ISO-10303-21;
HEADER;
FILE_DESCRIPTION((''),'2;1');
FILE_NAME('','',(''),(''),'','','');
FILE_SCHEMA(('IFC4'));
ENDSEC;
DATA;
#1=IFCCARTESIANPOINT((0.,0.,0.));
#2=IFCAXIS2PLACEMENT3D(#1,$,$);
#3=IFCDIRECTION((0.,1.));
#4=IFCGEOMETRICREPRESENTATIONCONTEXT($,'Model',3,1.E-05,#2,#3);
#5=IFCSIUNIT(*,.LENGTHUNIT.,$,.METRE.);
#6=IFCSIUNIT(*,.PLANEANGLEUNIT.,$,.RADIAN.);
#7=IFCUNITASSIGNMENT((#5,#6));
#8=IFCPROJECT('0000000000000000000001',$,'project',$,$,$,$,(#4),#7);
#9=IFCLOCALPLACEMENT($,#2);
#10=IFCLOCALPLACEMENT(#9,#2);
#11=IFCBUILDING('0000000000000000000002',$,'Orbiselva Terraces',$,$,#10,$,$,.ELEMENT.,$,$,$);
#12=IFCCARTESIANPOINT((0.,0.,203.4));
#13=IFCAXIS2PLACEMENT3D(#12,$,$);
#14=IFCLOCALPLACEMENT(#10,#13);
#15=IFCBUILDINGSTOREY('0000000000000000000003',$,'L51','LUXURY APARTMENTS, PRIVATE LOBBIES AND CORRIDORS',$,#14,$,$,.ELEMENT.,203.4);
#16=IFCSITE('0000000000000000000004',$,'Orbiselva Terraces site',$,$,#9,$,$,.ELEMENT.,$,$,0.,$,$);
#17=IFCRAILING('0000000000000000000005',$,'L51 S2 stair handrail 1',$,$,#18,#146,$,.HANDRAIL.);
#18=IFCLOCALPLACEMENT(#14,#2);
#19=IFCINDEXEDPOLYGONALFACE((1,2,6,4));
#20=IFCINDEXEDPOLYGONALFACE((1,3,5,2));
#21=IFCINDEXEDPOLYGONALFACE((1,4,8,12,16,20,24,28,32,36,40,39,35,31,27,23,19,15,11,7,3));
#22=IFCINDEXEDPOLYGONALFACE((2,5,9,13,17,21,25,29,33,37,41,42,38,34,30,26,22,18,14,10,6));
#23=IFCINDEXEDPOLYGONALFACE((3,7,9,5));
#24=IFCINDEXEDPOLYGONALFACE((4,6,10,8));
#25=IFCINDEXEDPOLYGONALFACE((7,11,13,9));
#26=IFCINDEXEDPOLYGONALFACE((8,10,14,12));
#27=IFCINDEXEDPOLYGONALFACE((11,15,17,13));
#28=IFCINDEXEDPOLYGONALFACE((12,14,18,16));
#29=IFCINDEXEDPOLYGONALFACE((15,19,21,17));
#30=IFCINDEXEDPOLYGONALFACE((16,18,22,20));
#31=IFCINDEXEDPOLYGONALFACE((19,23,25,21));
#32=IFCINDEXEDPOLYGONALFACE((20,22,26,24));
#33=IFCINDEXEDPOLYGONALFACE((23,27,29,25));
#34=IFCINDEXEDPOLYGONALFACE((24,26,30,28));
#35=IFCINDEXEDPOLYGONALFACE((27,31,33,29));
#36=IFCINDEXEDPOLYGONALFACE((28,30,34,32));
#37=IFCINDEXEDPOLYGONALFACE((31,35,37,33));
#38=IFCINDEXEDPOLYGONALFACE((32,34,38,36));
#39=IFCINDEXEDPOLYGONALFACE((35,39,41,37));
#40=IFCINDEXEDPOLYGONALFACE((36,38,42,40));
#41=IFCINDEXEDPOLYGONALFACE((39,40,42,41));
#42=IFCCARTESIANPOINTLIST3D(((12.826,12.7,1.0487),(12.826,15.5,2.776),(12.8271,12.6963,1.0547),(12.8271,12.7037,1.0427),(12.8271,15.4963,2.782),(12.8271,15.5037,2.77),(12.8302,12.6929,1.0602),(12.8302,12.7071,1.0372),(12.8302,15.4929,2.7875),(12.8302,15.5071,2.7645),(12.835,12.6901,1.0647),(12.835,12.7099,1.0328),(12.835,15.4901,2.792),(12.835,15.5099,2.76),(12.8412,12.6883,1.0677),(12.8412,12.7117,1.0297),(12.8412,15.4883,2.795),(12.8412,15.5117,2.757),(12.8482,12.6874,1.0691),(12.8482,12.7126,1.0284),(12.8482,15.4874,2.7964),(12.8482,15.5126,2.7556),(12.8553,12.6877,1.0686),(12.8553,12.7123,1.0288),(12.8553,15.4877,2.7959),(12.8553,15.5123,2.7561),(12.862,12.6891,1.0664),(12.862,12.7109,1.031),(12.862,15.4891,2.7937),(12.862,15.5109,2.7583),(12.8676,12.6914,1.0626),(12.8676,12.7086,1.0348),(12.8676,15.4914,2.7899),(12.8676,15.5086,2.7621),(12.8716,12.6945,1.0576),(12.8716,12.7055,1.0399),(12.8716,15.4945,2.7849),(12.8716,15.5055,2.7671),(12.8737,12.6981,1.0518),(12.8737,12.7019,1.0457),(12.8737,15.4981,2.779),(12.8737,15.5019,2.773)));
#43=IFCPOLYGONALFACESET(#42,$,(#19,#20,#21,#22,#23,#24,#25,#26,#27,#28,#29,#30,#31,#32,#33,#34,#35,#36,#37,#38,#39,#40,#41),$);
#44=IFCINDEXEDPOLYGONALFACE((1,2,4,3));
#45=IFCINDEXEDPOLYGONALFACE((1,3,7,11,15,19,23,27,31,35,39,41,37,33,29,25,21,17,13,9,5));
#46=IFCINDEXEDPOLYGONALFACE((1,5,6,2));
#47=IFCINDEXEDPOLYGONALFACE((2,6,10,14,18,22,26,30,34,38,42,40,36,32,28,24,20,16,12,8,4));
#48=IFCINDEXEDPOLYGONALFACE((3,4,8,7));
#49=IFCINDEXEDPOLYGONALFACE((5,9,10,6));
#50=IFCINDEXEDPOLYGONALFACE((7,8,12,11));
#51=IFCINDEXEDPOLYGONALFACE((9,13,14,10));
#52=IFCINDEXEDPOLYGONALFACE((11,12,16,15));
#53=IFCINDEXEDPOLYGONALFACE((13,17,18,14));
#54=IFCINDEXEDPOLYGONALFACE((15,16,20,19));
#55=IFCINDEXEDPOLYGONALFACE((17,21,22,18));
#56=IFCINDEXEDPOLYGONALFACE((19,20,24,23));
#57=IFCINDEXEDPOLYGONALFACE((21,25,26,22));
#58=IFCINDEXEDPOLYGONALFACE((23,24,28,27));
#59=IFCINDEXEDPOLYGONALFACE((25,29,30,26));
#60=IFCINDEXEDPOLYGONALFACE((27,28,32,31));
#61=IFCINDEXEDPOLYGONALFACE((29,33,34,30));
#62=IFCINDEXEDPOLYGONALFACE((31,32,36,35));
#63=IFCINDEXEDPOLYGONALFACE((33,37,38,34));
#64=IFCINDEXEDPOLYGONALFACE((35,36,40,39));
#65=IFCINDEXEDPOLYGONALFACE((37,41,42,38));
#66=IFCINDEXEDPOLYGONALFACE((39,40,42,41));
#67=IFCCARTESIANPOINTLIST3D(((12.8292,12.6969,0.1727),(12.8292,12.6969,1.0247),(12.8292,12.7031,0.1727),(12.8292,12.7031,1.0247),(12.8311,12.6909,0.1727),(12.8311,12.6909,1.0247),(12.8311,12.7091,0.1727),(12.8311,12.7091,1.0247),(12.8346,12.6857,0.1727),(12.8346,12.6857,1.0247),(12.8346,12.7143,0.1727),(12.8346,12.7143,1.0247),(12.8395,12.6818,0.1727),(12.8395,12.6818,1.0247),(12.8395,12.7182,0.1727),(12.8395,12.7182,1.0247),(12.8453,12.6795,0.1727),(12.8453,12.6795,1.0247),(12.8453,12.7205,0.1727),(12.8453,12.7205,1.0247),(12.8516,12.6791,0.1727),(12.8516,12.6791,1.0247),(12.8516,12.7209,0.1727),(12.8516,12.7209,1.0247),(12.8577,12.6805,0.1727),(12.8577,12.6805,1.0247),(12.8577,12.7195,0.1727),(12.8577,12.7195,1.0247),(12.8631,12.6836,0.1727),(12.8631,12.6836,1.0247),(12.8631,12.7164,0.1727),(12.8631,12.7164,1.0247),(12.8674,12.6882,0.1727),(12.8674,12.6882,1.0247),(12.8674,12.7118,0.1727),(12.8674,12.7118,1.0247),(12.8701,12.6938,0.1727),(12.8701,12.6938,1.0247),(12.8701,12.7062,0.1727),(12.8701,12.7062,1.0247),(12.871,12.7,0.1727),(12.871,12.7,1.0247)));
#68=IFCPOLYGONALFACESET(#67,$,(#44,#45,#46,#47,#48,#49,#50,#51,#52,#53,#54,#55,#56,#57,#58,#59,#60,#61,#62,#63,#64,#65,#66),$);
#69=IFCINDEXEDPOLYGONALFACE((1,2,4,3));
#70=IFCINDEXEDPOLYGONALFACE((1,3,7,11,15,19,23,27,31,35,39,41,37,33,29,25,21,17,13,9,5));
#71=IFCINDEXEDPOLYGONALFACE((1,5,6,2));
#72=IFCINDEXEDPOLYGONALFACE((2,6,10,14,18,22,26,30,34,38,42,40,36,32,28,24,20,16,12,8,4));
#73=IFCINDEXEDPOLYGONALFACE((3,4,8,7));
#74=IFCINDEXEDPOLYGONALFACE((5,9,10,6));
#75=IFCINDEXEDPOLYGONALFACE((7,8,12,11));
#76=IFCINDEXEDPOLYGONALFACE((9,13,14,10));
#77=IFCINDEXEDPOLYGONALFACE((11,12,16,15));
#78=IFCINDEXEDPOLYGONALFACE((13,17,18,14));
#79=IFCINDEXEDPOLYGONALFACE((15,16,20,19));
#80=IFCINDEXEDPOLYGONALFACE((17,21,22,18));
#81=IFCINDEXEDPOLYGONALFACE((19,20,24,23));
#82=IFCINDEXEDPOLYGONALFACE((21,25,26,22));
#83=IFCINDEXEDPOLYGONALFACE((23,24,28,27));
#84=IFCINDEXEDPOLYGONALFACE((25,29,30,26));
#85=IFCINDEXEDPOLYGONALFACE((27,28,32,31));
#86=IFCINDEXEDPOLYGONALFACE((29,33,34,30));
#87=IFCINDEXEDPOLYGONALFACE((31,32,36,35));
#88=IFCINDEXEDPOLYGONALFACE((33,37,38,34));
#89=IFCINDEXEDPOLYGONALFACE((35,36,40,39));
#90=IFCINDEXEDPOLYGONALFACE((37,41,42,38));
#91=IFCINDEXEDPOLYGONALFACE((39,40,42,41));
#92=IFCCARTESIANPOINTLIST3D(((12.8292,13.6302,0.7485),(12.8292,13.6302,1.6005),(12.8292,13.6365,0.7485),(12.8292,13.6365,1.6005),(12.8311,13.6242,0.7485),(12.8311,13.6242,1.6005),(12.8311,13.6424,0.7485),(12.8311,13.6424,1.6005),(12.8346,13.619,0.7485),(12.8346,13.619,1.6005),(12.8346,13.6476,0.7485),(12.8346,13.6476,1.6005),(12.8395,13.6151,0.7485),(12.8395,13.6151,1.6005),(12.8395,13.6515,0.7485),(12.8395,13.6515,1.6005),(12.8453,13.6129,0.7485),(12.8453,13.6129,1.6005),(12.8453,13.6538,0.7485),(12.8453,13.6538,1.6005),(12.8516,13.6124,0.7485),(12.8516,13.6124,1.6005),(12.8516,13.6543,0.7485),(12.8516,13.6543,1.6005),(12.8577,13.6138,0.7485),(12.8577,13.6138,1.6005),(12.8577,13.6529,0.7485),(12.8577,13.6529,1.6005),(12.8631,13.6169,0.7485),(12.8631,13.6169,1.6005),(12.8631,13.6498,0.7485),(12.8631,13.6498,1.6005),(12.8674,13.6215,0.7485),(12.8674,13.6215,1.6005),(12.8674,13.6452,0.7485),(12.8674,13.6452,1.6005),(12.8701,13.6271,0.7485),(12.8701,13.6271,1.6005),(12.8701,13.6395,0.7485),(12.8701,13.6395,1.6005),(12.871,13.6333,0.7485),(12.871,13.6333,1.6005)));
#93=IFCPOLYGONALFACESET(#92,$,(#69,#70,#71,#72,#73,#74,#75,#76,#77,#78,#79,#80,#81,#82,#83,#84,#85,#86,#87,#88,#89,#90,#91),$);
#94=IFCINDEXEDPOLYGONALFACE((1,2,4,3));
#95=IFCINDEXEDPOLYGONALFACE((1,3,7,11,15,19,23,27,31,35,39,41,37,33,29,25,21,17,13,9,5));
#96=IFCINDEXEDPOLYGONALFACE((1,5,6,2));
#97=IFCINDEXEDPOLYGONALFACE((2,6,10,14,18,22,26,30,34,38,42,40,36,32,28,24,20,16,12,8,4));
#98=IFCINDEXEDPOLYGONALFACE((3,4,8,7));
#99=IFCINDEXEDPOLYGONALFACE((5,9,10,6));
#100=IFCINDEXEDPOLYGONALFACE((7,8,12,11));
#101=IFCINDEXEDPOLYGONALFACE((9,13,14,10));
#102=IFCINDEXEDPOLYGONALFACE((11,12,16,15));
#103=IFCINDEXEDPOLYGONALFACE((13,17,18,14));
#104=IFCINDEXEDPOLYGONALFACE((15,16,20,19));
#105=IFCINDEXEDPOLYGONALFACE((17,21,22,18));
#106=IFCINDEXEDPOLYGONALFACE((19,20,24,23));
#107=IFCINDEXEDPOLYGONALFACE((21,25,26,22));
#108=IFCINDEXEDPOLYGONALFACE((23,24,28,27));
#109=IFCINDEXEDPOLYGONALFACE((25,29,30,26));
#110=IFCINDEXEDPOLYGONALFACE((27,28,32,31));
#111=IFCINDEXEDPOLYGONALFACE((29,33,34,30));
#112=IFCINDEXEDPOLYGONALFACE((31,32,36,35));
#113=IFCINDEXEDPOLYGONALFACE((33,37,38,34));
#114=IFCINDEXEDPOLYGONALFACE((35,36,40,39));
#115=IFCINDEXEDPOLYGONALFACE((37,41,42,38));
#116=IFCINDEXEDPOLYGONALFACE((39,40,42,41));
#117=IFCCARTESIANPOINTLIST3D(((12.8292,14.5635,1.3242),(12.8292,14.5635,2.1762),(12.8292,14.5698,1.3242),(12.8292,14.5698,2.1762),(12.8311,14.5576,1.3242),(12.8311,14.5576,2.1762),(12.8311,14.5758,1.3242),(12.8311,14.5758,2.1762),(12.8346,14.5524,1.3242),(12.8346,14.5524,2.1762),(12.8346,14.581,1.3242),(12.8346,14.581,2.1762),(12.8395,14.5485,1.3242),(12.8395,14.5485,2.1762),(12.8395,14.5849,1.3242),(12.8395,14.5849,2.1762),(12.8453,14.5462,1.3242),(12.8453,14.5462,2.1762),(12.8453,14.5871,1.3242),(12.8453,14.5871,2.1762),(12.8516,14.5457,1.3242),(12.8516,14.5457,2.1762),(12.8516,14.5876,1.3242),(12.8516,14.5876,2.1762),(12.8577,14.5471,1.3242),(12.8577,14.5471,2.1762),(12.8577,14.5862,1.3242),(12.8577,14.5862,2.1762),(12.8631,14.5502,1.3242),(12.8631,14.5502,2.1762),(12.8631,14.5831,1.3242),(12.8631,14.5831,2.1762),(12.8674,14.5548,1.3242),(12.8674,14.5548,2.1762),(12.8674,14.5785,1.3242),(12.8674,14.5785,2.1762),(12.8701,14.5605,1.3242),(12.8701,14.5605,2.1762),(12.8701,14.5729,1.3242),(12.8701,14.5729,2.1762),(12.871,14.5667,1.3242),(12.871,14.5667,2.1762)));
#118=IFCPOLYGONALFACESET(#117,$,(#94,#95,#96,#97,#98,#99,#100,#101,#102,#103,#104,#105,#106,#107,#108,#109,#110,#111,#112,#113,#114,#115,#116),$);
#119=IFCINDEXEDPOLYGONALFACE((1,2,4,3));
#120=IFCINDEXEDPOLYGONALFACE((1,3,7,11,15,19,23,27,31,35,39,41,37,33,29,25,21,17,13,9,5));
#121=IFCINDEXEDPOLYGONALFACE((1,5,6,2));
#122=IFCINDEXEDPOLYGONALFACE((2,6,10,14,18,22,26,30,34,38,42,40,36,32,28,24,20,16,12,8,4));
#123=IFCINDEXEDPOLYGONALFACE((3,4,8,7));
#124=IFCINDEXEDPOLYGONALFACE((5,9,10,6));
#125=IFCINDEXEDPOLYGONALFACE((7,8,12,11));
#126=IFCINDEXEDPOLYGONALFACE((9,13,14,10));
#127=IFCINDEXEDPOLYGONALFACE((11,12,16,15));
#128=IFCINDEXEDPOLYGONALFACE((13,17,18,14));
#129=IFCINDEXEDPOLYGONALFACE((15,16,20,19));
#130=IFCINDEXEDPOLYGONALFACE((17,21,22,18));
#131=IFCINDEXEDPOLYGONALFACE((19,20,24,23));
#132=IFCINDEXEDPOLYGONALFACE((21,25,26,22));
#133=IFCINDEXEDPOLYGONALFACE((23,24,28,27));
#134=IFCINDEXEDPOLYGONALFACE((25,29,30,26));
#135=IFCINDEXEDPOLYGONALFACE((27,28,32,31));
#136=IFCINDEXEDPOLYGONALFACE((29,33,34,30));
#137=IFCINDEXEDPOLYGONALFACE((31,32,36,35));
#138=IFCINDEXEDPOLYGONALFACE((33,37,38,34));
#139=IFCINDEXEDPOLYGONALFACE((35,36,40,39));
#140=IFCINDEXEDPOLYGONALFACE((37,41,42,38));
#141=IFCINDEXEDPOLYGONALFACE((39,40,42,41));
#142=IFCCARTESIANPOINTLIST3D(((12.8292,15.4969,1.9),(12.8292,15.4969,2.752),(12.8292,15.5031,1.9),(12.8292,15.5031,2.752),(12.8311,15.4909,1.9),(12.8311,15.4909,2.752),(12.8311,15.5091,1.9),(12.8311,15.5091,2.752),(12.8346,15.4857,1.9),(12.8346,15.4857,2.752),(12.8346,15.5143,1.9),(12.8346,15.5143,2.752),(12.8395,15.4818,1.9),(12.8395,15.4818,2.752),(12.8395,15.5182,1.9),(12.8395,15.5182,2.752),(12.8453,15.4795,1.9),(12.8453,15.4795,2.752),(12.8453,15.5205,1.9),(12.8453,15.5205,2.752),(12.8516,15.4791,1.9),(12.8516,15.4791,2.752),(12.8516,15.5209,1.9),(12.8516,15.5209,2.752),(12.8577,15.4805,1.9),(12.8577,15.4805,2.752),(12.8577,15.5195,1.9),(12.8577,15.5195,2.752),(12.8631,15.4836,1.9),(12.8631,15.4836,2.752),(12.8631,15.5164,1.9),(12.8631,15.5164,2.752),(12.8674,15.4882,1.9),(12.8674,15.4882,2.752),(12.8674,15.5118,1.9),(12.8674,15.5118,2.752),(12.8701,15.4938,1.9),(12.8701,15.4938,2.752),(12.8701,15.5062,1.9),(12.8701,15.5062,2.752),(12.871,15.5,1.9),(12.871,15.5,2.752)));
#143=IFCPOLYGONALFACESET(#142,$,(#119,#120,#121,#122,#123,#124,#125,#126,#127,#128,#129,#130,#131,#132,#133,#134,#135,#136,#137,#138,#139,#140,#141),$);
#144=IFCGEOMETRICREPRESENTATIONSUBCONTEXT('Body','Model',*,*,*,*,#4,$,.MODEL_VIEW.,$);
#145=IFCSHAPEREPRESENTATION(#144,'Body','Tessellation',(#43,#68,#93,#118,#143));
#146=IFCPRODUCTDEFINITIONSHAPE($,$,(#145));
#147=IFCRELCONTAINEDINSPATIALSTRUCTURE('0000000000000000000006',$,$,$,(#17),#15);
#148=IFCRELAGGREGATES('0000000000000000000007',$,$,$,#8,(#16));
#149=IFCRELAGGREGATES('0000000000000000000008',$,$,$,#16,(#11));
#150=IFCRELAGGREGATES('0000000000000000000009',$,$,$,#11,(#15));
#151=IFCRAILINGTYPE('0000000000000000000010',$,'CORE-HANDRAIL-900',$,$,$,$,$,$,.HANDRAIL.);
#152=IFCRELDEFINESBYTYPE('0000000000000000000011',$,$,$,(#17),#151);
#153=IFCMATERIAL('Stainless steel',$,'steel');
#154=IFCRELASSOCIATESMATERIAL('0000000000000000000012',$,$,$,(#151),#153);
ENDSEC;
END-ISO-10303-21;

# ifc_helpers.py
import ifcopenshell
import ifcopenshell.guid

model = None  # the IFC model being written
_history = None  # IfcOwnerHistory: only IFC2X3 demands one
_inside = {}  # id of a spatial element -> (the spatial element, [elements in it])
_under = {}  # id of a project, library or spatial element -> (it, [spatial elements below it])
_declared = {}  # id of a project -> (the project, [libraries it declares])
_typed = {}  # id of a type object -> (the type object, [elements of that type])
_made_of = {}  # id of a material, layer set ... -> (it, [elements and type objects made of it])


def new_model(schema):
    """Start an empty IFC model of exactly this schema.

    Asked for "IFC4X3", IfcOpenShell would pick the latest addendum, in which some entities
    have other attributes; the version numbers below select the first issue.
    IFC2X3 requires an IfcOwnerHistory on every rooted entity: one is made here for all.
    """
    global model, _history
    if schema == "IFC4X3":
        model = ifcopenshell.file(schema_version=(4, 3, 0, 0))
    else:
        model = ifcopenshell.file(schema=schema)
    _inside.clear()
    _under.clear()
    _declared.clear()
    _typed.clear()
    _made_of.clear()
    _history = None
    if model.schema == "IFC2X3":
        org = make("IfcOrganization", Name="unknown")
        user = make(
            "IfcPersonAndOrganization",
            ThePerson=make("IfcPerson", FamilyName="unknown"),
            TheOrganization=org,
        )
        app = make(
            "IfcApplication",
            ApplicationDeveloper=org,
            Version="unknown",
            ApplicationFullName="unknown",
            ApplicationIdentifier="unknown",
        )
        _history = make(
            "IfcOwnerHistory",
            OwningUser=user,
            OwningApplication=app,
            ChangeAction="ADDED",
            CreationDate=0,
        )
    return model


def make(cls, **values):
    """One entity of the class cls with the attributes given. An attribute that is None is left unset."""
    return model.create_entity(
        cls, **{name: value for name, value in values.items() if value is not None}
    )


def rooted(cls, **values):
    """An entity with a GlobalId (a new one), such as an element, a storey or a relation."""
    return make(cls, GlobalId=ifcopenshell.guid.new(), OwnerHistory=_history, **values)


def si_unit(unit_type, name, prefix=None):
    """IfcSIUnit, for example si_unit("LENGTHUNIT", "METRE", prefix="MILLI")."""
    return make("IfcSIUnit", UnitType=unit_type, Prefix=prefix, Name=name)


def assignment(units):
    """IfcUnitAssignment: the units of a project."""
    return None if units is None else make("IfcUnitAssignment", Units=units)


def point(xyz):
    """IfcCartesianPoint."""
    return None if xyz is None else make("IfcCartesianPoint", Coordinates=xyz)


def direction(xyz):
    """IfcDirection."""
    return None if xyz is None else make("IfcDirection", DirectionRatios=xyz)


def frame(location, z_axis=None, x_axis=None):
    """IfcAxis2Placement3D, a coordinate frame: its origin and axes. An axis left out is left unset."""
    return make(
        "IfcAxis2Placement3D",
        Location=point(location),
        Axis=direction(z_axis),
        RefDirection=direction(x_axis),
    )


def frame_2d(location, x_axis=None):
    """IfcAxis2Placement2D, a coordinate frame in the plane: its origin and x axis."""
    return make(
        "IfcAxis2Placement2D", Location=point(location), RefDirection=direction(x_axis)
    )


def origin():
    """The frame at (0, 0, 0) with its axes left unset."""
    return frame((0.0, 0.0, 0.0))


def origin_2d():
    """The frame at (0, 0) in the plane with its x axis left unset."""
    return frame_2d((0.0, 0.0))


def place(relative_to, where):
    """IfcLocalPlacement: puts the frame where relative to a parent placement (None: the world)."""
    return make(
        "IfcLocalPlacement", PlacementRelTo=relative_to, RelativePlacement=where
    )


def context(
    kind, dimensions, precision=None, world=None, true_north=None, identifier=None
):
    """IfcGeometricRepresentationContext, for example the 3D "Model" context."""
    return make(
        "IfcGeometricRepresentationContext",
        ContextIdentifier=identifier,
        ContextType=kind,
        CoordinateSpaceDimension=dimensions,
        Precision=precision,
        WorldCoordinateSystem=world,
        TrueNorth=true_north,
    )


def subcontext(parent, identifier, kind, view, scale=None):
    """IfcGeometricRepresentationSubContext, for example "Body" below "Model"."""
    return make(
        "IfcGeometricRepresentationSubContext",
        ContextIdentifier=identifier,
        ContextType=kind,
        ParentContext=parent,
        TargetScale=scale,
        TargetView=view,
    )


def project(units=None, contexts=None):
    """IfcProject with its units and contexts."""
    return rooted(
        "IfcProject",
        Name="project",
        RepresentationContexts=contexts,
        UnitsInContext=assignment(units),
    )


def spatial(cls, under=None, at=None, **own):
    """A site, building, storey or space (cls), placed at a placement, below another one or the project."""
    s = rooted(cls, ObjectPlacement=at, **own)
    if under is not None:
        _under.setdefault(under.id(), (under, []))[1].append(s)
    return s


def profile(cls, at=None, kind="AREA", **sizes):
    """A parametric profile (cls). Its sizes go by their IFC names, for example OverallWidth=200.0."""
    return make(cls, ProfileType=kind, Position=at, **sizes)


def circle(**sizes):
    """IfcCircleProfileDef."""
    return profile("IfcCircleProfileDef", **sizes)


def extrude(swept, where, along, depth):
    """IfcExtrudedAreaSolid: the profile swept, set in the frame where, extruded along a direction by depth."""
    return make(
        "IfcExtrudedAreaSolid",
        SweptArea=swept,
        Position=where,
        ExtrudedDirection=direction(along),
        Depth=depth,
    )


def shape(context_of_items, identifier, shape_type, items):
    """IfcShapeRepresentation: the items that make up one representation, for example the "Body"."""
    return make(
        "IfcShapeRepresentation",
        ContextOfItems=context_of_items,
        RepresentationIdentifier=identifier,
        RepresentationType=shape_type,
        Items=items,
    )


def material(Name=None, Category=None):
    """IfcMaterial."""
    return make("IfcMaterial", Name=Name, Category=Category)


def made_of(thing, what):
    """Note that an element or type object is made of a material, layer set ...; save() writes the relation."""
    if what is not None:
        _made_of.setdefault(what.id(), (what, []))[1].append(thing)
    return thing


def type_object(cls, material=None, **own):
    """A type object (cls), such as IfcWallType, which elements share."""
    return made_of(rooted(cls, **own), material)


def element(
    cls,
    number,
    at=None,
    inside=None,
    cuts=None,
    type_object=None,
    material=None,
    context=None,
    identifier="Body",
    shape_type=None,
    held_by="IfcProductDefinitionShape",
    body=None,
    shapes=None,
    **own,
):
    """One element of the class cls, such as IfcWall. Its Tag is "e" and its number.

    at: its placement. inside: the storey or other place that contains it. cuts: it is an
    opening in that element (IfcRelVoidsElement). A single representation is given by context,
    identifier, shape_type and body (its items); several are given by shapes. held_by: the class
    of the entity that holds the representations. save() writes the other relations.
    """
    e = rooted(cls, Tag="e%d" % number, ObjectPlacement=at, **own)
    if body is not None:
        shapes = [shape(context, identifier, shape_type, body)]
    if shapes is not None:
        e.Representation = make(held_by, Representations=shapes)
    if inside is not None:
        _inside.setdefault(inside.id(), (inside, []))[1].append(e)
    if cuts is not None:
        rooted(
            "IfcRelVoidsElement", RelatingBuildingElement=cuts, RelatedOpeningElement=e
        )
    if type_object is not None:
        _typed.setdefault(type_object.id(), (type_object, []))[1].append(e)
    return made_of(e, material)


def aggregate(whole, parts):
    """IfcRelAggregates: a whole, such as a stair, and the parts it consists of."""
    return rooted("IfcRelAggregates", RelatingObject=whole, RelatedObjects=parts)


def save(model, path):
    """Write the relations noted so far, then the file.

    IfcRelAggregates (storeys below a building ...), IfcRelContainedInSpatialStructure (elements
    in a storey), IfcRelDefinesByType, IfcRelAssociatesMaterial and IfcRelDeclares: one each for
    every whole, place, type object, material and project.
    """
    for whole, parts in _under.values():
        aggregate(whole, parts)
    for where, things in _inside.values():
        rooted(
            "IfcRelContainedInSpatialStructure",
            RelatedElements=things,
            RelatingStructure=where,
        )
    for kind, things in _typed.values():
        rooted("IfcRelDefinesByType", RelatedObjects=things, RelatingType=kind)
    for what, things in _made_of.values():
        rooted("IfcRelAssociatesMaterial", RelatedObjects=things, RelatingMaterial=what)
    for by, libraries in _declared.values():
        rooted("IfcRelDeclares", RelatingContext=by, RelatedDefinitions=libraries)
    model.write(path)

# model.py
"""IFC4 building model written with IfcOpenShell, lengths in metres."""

from ifc_helpers import new_model, si_unit, direction, frame, origin, origin_2d, place, context, subcontext, project, spatial, circle, extrude, material, type_object, element, save


model = new_model("IFC4")

# Units and contexts
model_context = context("Model", 3, precision=1e-05, world=origin(), true_north=direction((0.0, 1.0)))
body_context = subcontext(model_context, "Body", "Model", "MODEL_VIEW")
ifc_project = project(units=[si_unit("LENGTHUNIT", "METRE"), si_unit("PLANEANGLEUNIT", "RADIAN")], contexts=[model_context])

# Site, building, storey
site_placement = place(None, origin())
site = spatial("IfcSite", under=ifc_project, at=site_placement, Name="Orbiselva Terraces site", CompositionType="ELEMENT", RefElevation=0.0)
building_placement = place(site_placement, origin())
building = spatial("IfcBuilding", under=site, at=building_placement, Name="Orbiselva Terraces", CompositionType="ELEMENT")
storey_placement = place(building_placement, frame((0.0, 0.0, 203.4)))
storey = spatial("IfcBuildingStorey", under=building, at=storey_placement, Name="L51", Description="LUXURY APARTMENTS, PRIVATE LOBBIES AND CORRIDORS", CompositionType="ELEMENT", Elevation=203.4)

# Railing
ifc_material_1 = material(Name="Stainless steel", Category="steel")
railing_type_1 = type_object("IfcRailingType", Name="CORE-HANDRAIL-900", PredefinedType="HANDRAIL", material=ifc_material_1)
railing_1_placement = place(storey_placement, frame((12.85, 12.7, 0.1727)))
element("IfcRailing", 1, at=railing_1_placement, inside=storey, type_object=railing_type_1, Name="L51 S2 stair handrail 1", PredefinedType="HANDRAIL", context=body_context, shape_type="SweptSolid", body=[
    extrude(circle(Radius=0.024, at=origin_2d()), frame((0.0, 0.0, 0.876), z_axis=(0.0, 0.851089, 0.525022), x_axis=(-1.0, 0.0, 0.0)), (0.0, 0.0, 1.0), 3.2899),
    extrude(circle(Radius=0.021, at=origin_2d()), origin(), (0.0, 0.0, 1.0), 0.852),
    extrude(circle(Radius=0.021, at=origin_2d()), frame((0.0, 0.9333, 0.5758)), (0.0, 0.0, 1.0), 0.852),
    extrude(circle(Radius=0.021, at=origin_2d()), frame((0.0, 1.8667, 1.1515)), (0.0, 0.0, 1.0), 0.852),
    extrude(circle(Radius=0.021, at=origin_2d()), frame((0.0, 2.8, 1.7273)), (0.0, 0.0, 1.0), 0.852),
])

save(model, "model.ifc")
